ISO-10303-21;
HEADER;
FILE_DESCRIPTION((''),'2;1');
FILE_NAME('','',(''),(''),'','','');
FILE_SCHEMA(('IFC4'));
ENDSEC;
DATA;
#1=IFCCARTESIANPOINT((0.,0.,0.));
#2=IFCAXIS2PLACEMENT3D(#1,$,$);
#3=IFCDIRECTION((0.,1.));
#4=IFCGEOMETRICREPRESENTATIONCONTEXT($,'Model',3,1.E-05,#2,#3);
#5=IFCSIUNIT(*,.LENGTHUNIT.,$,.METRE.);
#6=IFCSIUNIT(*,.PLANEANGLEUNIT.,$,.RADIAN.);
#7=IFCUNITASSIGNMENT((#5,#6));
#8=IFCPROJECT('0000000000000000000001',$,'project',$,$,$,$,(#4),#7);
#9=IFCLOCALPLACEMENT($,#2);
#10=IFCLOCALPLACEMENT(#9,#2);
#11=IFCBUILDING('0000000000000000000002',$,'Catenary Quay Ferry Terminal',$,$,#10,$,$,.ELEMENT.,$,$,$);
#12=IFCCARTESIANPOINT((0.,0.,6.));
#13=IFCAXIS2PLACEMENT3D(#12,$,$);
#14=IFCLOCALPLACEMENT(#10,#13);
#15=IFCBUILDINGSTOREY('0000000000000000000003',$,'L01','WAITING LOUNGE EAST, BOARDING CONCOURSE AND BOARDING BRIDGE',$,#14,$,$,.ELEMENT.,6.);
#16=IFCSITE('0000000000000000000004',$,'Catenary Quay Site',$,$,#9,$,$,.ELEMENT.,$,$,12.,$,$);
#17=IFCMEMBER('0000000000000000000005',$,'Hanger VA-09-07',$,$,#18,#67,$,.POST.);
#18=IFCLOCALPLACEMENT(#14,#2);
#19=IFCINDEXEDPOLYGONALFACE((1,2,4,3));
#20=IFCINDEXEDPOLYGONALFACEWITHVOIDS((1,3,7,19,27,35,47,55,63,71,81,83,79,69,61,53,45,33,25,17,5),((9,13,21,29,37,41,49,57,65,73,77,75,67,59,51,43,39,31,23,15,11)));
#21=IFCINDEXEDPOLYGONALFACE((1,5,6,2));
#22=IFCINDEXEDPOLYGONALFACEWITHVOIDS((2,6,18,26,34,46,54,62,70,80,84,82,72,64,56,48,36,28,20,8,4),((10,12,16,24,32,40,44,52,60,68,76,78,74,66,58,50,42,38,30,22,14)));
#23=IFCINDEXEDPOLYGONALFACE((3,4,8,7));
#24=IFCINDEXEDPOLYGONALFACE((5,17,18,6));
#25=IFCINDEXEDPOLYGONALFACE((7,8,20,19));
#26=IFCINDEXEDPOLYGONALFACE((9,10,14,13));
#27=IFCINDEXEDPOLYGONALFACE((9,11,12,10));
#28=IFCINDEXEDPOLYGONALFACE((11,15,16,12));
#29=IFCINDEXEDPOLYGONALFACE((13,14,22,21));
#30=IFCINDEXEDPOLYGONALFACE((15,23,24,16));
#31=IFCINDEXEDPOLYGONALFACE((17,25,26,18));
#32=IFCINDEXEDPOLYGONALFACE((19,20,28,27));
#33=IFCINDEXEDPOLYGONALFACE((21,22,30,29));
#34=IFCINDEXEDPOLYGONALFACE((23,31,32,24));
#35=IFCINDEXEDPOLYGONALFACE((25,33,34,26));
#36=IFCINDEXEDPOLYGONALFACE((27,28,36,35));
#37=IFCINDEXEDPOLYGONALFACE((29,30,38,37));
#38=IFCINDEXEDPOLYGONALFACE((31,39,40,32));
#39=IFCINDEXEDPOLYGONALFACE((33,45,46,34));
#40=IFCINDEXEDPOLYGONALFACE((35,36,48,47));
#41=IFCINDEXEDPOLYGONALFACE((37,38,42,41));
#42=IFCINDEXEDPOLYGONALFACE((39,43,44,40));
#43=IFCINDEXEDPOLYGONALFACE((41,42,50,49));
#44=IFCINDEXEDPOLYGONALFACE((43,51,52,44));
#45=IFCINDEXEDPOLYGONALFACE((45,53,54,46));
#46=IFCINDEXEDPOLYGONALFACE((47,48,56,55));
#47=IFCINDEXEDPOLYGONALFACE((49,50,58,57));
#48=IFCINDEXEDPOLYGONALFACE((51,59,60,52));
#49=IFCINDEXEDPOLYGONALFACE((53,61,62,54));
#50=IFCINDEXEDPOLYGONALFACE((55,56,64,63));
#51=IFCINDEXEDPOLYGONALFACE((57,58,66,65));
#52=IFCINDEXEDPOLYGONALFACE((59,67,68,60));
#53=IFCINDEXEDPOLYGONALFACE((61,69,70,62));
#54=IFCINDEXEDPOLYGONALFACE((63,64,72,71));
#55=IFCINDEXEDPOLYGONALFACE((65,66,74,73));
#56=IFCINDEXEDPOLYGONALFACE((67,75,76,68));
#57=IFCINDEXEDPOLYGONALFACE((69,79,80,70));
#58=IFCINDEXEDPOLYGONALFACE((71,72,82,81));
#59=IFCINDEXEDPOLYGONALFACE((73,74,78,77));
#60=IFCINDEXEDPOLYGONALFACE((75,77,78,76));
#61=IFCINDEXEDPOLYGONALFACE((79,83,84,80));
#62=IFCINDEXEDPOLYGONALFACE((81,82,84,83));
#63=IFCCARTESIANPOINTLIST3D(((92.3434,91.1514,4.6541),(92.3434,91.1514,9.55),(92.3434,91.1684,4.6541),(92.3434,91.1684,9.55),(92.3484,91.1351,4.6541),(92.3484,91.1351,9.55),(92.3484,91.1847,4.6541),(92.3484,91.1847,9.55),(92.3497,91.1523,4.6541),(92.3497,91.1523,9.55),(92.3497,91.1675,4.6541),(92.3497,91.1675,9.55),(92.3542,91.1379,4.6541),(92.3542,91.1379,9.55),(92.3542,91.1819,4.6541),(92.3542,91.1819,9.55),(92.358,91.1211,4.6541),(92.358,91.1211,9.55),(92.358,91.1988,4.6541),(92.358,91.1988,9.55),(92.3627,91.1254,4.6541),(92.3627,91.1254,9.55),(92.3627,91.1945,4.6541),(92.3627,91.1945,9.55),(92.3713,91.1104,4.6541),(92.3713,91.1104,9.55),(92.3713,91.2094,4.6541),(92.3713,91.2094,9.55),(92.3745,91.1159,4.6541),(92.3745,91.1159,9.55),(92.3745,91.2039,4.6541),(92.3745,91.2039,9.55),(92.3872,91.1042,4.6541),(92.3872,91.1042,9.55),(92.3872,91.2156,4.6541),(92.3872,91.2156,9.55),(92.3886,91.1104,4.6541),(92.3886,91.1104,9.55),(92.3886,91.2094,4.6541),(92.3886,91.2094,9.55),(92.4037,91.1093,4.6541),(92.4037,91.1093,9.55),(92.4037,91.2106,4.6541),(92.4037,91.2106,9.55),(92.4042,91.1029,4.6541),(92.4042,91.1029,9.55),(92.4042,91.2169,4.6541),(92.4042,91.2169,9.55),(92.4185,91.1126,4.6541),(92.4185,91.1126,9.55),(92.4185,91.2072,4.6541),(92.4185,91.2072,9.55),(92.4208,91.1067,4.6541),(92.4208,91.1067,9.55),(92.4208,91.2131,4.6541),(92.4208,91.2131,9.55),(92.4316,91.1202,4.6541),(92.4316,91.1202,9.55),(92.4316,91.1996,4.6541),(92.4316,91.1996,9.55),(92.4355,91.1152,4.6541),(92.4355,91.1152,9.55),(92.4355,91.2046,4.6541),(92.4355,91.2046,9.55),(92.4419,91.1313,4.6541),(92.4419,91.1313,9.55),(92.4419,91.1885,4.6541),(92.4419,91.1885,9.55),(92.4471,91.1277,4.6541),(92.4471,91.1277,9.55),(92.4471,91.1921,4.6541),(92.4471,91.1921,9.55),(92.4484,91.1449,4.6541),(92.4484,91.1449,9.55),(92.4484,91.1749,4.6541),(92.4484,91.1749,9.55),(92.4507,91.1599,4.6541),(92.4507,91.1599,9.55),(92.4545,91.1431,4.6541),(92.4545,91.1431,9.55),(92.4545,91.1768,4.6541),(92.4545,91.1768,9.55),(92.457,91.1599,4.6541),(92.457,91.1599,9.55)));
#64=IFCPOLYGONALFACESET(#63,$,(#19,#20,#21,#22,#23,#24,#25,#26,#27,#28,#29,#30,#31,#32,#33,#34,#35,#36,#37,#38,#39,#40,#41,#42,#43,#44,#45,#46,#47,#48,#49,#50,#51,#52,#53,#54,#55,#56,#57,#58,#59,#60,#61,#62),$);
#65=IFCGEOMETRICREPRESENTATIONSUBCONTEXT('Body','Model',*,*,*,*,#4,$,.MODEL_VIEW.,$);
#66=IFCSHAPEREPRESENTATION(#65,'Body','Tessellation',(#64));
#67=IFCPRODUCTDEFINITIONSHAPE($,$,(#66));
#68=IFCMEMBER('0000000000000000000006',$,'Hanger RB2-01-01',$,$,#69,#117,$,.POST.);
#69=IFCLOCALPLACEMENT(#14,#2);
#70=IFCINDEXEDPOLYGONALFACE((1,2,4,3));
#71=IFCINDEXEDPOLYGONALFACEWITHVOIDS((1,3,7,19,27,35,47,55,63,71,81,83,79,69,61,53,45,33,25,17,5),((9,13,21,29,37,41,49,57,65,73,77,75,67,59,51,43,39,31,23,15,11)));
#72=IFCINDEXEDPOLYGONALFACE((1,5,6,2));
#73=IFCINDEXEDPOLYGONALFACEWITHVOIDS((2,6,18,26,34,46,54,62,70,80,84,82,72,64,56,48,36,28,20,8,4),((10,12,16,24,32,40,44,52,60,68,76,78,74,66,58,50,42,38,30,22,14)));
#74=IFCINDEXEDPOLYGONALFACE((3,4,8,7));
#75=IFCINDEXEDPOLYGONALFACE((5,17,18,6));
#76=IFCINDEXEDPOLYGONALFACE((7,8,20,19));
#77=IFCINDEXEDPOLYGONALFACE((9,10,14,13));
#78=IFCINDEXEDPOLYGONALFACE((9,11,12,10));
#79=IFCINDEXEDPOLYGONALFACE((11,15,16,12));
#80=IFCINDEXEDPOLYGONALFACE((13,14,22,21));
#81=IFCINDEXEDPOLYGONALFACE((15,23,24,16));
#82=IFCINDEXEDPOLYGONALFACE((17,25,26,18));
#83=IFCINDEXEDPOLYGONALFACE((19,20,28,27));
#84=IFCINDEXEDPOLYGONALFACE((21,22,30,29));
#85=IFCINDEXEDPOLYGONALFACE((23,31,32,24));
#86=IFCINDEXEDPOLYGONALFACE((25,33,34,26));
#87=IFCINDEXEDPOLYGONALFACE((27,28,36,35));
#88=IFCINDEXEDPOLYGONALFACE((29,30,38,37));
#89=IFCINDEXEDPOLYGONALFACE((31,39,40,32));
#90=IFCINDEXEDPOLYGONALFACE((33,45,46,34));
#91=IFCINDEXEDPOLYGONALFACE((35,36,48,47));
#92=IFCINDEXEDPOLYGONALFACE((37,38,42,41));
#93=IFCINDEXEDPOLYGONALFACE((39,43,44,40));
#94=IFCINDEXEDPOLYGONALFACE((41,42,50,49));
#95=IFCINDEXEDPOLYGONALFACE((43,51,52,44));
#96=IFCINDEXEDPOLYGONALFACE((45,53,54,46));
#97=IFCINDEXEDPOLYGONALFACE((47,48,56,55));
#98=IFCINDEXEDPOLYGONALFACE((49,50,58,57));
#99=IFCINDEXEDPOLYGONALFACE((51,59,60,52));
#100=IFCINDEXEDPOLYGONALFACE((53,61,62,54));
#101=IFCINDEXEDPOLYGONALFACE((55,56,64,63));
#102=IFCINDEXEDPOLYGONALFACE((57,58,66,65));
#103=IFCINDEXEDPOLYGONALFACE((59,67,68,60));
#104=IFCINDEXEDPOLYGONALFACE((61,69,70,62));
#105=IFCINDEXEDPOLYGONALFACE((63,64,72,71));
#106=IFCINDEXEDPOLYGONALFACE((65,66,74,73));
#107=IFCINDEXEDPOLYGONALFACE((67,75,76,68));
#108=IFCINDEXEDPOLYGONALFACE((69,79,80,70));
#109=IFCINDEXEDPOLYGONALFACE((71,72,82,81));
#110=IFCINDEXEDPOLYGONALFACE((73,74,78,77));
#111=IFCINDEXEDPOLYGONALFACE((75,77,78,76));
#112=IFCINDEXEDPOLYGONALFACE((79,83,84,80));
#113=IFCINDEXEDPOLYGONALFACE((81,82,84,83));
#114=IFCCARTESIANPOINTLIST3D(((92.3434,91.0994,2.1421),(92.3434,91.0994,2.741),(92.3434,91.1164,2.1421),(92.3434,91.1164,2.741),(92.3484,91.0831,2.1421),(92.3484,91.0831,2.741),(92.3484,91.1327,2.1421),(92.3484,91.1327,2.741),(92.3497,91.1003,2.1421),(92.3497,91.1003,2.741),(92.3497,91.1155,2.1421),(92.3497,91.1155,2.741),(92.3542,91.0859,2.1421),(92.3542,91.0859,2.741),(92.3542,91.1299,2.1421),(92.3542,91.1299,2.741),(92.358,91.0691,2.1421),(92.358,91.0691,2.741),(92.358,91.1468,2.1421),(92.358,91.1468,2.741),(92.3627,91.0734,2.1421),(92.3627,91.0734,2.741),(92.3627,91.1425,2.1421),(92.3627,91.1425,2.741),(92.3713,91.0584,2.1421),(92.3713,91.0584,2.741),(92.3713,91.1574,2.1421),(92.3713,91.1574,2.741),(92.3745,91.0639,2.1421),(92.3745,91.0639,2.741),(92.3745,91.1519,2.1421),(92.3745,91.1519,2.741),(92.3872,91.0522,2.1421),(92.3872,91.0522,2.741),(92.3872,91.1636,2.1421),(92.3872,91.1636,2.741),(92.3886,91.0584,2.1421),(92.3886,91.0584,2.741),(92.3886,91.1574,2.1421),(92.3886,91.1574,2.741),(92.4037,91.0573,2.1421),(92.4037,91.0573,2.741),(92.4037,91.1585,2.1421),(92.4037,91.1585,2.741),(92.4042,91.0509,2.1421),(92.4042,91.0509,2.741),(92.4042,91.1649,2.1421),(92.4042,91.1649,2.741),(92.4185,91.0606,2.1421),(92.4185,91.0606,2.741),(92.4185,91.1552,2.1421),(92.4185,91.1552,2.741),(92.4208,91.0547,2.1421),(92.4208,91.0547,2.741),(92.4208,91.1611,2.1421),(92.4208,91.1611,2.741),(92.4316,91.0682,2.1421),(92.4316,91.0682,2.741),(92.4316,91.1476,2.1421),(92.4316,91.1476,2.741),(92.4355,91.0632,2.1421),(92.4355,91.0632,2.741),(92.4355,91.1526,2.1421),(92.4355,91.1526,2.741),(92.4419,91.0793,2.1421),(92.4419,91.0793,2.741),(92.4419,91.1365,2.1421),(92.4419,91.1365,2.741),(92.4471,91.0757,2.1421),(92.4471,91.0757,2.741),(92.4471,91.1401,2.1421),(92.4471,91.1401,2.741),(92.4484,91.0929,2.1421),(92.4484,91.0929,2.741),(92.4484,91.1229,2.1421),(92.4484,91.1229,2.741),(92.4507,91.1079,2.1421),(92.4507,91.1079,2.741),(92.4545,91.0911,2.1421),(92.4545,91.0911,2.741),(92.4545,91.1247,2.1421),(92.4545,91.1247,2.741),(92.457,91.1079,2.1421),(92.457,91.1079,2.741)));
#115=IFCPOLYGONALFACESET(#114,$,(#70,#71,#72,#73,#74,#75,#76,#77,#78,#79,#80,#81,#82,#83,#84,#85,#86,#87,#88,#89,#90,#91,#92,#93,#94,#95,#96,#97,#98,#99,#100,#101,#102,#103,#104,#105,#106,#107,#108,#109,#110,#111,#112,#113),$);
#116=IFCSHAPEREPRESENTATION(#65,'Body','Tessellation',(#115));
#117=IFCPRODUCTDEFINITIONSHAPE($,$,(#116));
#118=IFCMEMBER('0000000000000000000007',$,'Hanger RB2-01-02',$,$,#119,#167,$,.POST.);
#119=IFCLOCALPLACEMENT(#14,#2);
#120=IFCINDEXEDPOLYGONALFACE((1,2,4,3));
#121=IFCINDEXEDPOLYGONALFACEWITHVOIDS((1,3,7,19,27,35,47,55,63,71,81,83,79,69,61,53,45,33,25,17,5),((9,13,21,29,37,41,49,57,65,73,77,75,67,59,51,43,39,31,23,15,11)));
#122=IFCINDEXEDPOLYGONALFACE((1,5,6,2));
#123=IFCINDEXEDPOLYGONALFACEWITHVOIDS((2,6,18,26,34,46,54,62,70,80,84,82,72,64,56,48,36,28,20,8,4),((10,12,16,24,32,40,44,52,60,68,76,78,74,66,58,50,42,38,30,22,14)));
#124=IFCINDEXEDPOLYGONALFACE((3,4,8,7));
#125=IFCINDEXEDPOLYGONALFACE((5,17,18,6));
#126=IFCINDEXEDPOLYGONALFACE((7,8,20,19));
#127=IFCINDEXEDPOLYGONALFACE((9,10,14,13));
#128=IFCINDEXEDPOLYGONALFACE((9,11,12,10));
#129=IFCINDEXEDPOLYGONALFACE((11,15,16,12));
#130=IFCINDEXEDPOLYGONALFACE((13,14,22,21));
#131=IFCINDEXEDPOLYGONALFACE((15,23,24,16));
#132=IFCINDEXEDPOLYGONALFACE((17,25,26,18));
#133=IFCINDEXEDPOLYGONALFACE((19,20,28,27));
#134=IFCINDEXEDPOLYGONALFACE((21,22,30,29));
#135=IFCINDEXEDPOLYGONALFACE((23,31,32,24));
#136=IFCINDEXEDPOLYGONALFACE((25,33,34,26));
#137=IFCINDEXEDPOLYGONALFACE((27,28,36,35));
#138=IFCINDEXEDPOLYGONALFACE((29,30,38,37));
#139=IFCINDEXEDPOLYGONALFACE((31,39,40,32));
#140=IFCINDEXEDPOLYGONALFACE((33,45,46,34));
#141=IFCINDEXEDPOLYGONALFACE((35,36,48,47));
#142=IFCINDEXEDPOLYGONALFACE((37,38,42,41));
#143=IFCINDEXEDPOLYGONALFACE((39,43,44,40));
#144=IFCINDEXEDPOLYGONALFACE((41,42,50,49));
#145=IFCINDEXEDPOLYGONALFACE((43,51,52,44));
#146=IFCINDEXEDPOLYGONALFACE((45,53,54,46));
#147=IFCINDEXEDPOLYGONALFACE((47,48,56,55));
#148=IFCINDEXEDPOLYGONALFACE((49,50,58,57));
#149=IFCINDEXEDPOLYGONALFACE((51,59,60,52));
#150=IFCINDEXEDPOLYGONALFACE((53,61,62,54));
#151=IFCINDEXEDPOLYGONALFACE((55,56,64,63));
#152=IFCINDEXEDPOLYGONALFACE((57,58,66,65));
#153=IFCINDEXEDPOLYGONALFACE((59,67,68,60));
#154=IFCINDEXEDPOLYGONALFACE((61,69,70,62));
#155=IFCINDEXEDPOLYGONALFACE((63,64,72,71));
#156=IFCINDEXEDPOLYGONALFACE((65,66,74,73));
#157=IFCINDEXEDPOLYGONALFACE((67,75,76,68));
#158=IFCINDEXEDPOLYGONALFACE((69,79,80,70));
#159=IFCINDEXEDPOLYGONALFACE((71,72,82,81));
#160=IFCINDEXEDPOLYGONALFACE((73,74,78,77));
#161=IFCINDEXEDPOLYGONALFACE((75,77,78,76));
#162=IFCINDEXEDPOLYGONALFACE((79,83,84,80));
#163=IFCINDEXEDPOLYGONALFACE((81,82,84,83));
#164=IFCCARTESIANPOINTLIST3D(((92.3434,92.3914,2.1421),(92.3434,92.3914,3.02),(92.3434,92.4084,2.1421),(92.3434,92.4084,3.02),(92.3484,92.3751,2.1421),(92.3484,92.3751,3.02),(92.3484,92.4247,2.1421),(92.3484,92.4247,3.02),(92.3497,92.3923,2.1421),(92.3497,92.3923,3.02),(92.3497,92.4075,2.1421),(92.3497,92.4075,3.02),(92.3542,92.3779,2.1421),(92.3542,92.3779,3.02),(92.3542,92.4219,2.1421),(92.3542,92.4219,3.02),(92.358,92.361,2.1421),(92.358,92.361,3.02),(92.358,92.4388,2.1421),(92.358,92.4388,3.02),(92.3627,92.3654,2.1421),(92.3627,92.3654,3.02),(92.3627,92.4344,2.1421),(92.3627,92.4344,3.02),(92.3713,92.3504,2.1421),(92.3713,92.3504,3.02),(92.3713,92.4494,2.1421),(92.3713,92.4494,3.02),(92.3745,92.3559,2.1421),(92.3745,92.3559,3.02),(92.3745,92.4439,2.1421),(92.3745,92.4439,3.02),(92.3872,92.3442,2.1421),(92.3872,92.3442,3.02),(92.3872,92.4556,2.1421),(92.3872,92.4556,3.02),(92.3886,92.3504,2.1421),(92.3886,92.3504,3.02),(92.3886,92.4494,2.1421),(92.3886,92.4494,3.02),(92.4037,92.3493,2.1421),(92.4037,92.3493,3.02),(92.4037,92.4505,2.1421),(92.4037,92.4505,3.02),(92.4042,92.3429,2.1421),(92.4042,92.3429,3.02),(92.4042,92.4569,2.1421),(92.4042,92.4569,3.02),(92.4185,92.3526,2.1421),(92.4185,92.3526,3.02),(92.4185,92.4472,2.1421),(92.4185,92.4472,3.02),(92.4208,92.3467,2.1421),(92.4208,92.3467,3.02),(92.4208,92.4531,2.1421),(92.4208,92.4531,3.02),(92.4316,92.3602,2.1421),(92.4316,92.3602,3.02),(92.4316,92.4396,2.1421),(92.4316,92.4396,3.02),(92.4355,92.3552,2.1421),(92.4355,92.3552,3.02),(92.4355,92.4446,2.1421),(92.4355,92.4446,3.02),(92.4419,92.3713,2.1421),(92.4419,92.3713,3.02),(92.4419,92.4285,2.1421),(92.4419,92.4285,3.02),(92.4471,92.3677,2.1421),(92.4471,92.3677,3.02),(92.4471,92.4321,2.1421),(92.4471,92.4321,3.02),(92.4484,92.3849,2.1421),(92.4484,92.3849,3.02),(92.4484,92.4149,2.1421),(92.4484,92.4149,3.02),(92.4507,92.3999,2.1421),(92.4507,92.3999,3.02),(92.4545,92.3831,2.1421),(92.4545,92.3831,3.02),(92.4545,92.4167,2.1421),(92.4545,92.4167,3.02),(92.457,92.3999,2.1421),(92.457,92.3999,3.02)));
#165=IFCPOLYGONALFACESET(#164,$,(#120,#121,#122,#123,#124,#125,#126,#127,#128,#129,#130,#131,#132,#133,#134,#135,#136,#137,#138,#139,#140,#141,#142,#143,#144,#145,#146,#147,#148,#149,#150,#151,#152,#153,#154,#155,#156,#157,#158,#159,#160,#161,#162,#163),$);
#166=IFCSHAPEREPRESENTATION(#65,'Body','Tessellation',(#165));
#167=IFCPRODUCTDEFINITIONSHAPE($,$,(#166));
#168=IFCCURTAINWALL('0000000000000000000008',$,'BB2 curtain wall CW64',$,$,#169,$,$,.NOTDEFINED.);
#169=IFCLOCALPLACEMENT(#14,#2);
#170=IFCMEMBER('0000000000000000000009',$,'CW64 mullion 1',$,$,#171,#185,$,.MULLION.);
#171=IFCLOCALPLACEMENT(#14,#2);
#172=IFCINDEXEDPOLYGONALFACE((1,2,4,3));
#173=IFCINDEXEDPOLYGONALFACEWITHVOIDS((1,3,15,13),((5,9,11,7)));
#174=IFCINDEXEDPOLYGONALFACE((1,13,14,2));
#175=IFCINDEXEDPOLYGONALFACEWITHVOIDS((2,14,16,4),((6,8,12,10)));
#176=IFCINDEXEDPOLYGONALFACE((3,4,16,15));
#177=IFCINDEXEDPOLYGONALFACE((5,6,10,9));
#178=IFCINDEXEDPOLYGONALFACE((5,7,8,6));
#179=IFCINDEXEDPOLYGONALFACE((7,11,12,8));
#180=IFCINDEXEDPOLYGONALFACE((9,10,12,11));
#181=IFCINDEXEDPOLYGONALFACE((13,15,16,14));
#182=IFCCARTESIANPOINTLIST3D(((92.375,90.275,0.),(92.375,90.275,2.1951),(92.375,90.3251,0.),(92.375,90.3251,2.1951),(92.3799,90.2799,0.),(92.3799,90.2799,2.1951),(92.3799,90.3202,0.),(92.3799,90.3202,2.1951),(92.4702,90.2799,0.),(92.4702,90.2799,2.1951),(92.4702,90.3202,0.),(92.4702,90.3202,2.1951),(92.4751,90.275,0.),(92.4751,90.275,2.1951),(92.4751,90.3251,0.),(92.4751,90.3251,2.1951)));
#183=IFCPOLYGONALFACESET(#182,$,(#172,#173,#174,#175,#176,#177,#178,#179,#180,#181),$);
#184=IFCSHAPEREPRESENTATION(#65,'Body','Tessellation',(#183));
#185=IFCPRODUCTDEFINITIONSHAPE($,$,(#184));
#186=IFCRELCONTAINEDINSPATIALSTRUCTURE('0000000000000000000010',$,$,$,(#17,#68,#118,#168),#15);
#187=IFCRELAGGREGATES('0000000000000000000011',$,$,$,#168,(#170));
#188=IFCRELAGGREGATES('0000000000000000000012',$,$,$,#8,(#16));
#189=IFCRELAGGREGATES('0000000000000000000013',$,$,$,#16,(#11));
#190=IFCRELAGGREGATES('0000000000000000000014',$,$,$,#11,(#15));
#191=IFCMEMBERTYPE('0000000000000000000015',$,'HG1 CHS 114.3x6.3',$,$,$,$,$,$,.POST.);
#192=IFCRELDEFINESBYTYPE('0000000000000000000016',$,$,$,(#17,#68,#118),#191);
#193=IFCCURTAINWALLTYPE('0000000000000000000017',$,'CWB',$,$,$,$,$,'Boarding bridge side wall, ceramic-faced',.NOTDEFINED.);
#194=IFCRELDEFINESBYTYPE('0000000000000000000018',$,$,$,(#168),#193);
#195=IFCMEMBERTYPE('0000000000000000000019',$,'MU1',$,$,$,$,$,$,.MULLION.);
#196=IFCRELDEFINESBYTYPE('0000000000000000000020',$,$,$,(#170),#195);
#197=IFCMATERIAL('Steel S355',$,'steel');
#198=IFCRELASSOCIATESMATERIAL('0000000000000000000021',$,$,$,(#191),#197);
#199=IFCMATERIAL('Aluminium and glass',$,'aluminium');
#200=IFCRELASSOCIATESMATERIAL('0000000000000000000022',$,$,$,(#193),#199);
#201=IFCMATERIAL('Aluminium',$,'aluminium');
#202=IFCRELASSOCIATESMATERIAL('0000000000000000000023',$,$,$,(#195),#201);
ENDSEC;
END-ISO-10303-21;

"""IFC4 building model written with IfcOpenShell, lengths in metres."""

from ifc_helpers import new_model, si_unit, direction, frame, origin, origin_2d, place, context, subcontext, project, spatial, hollow_rectangle, hollow_circle, extrude, material, material_profile, profile_set, type_object, element, aggregate, save


model = new_model("IFC4")

# Units and contexts
model_context = context("Model", 3, precision=1e-05, world=origin(), true_north=direction((0.0, 1.0)))
body_context = subcontext(model_context, "Body", "Model", "MODEL_VIEW")
ifc_project = project(units=[si_unit("LENGTHUNIT", "METRE"), si_unit("PLANEANGLEUNIT", "RADIAN")], contexts=[model_context])

# Site, building, storey
site_placement = place(None, origin())
site = spatial("IfcSite", under=ifc_project, at=site_placement, Name="Catenary Quay Site", CompositionType="ELEMENT", RefElevation=12.0)
building_placement = place(site_placement, origin())
building = spatial("IfcBuilding", under=site, at=building_placement, Name="Catenary Quay Ferry Terminal", CompositionType="ELEMENT")
storey_placement = place(building_placement, frame((0.0, 0.0, 6.0)))
storey = spatial("IfcBuildingStorey", under=building, at=storey_placement, Name="L01", Description="WAITING LOUNGE EAST, BOARDING CONCOURSE AND BOARDING BRIDGE", CompositionType="ELEMENT", Elevation=6.0)

# Members
ifc_material_1 = material(Name="Steel S355", Category="steel")
ifc_material_profile_1 = material_profile(ifc_material_1, hollow_circle(Radius=0.0571, WallThickness=0.0063, at=origin_2d()), Name="CHS 114.3x6.3")
ifc_profile_set_1 = profile_set([ifc_material_profile_1], Name="Steel S355")
member_type_1 = type_object("IfcMemberType", Name="HG1 CHS 114.3x6.3", PredefinedType="POST", material=ifc_profile_set_1)
member_1_placement = place(storey_placement, frame((92.3999, 91.1599, 4.6541), z_axis=(0.0, 0.0, 1.0), x_axis=(1.0, 0.0, 0.0)))
element("IfcMember", 1, at=member_1_placement, inside=storey, type_object=member_type_1, Name="Hanger VA-09-07", PredefinedType="POST", context=body_context, shape_type="SweptSolid", body=[
    extrude(hollow_circle(Radius=0.0571, WallThickness=0.0063, at=origin_2d()), origin(), (0.0, 0.0, 1.0), 4.896),
])
member_2_placement = place(storey_placement, frame((92.3999, 91.1079, 2.1421), z_axis=(0.0, 0.0, 1.0), x_axis=(1.0, 0.0, 0.0)))
element("IfcMember", 2, at=member_2_placement, inside=storey, type_object=member_type_1, Name="Hanger RB2-01-01", PredefinedType="POST", context=body_context, shape_type="SweptSolid", body=[
    extrude(hollow_circle(Radius=0.0571, WallThickness=0.0063, at=origin_2d()), origin(), (0.0, 0.0, 1.0), 0.5989),
])
member_3_placement = place(storey_placement, frame((92.3999, 92.3999, 2.1421), z_axis=(0.0, 0.0, 1.0), x_axis=(1.0, 0.0, 0.0)))
element("IfcMember", 3, at=member_3_placement, inside=storey, type_object=member_type_1, Name="Hanger RB2-01-02", PredefinedType="POST", context=body_context, shape_type="SweptSolid", body=[
    extrude(hollow_circle(Radius=0.0571, WallThickness=0.0063, at=origin_2d()), origin(), (0.0, 0.0, 1.0), 0.8779),
])

# Curtain wall, member
ifc_material_2 = material(Name="Aluminium and glass", Category="aluminium")
curtain_wall_type_1 = type_object("IfcCurtainWallType", Name="CWB", ElementType="Boarding bridge side wall, ceramic-faced", PredefinedType="NOTDEFINED", material=ifc_material_2)
curtain_wall_1_placement = place(storey_placement, origin())
curtain_wall_1 = element("IfcCurtainWall", 4, at=curtain_wall_1_placement, inside=storey, type_object=curtain_wall_type_1, Name="BB2 curtain wall CW64", PredefinedType="NOTDEFINED")
ifc_material_3 = material(Name="Aluminium", Category="aluminium")
ifc_material_profile_2 = material_profile(ifc_material_3, hollow_rectangle(XDim=0.05, YDim=0.1001, WallThickness=0.0049, at=origin_2d()), Name="MU1")
ifc_profile_set_2 = profile_set([ifc_material_profile_2], Name="Aluminium")
member_type_2 = type_object("IfcMemberType", Name="MU1", PredefinedType="MULLION", material=ifc_profile_set_2)
member_4_placement = place(storey_placement, frame((92.425, 90.3, 0.0), z_axis=(0.0, 0.0, 1.0), x_axis=(0.0, 1.0, 0.0)))
member_4 = element("IfcMember", 5, at=member_4_placement, type_object=member_type_2, Name="CW64 mullion 1", PredefinedType="MULLION", context=body_context, shape_type="SweptSolid", body=[
    extrude(hollow_rectangle(XDim=0.05, YDim=0.1001, WallThickness=0.0049, at=origin_2d()), origin(), (0.0, 0.0, 1.0), 2.1951),
])

aggregate(curtain_wall_1, [member_4])

save(model, "model.ifc")
